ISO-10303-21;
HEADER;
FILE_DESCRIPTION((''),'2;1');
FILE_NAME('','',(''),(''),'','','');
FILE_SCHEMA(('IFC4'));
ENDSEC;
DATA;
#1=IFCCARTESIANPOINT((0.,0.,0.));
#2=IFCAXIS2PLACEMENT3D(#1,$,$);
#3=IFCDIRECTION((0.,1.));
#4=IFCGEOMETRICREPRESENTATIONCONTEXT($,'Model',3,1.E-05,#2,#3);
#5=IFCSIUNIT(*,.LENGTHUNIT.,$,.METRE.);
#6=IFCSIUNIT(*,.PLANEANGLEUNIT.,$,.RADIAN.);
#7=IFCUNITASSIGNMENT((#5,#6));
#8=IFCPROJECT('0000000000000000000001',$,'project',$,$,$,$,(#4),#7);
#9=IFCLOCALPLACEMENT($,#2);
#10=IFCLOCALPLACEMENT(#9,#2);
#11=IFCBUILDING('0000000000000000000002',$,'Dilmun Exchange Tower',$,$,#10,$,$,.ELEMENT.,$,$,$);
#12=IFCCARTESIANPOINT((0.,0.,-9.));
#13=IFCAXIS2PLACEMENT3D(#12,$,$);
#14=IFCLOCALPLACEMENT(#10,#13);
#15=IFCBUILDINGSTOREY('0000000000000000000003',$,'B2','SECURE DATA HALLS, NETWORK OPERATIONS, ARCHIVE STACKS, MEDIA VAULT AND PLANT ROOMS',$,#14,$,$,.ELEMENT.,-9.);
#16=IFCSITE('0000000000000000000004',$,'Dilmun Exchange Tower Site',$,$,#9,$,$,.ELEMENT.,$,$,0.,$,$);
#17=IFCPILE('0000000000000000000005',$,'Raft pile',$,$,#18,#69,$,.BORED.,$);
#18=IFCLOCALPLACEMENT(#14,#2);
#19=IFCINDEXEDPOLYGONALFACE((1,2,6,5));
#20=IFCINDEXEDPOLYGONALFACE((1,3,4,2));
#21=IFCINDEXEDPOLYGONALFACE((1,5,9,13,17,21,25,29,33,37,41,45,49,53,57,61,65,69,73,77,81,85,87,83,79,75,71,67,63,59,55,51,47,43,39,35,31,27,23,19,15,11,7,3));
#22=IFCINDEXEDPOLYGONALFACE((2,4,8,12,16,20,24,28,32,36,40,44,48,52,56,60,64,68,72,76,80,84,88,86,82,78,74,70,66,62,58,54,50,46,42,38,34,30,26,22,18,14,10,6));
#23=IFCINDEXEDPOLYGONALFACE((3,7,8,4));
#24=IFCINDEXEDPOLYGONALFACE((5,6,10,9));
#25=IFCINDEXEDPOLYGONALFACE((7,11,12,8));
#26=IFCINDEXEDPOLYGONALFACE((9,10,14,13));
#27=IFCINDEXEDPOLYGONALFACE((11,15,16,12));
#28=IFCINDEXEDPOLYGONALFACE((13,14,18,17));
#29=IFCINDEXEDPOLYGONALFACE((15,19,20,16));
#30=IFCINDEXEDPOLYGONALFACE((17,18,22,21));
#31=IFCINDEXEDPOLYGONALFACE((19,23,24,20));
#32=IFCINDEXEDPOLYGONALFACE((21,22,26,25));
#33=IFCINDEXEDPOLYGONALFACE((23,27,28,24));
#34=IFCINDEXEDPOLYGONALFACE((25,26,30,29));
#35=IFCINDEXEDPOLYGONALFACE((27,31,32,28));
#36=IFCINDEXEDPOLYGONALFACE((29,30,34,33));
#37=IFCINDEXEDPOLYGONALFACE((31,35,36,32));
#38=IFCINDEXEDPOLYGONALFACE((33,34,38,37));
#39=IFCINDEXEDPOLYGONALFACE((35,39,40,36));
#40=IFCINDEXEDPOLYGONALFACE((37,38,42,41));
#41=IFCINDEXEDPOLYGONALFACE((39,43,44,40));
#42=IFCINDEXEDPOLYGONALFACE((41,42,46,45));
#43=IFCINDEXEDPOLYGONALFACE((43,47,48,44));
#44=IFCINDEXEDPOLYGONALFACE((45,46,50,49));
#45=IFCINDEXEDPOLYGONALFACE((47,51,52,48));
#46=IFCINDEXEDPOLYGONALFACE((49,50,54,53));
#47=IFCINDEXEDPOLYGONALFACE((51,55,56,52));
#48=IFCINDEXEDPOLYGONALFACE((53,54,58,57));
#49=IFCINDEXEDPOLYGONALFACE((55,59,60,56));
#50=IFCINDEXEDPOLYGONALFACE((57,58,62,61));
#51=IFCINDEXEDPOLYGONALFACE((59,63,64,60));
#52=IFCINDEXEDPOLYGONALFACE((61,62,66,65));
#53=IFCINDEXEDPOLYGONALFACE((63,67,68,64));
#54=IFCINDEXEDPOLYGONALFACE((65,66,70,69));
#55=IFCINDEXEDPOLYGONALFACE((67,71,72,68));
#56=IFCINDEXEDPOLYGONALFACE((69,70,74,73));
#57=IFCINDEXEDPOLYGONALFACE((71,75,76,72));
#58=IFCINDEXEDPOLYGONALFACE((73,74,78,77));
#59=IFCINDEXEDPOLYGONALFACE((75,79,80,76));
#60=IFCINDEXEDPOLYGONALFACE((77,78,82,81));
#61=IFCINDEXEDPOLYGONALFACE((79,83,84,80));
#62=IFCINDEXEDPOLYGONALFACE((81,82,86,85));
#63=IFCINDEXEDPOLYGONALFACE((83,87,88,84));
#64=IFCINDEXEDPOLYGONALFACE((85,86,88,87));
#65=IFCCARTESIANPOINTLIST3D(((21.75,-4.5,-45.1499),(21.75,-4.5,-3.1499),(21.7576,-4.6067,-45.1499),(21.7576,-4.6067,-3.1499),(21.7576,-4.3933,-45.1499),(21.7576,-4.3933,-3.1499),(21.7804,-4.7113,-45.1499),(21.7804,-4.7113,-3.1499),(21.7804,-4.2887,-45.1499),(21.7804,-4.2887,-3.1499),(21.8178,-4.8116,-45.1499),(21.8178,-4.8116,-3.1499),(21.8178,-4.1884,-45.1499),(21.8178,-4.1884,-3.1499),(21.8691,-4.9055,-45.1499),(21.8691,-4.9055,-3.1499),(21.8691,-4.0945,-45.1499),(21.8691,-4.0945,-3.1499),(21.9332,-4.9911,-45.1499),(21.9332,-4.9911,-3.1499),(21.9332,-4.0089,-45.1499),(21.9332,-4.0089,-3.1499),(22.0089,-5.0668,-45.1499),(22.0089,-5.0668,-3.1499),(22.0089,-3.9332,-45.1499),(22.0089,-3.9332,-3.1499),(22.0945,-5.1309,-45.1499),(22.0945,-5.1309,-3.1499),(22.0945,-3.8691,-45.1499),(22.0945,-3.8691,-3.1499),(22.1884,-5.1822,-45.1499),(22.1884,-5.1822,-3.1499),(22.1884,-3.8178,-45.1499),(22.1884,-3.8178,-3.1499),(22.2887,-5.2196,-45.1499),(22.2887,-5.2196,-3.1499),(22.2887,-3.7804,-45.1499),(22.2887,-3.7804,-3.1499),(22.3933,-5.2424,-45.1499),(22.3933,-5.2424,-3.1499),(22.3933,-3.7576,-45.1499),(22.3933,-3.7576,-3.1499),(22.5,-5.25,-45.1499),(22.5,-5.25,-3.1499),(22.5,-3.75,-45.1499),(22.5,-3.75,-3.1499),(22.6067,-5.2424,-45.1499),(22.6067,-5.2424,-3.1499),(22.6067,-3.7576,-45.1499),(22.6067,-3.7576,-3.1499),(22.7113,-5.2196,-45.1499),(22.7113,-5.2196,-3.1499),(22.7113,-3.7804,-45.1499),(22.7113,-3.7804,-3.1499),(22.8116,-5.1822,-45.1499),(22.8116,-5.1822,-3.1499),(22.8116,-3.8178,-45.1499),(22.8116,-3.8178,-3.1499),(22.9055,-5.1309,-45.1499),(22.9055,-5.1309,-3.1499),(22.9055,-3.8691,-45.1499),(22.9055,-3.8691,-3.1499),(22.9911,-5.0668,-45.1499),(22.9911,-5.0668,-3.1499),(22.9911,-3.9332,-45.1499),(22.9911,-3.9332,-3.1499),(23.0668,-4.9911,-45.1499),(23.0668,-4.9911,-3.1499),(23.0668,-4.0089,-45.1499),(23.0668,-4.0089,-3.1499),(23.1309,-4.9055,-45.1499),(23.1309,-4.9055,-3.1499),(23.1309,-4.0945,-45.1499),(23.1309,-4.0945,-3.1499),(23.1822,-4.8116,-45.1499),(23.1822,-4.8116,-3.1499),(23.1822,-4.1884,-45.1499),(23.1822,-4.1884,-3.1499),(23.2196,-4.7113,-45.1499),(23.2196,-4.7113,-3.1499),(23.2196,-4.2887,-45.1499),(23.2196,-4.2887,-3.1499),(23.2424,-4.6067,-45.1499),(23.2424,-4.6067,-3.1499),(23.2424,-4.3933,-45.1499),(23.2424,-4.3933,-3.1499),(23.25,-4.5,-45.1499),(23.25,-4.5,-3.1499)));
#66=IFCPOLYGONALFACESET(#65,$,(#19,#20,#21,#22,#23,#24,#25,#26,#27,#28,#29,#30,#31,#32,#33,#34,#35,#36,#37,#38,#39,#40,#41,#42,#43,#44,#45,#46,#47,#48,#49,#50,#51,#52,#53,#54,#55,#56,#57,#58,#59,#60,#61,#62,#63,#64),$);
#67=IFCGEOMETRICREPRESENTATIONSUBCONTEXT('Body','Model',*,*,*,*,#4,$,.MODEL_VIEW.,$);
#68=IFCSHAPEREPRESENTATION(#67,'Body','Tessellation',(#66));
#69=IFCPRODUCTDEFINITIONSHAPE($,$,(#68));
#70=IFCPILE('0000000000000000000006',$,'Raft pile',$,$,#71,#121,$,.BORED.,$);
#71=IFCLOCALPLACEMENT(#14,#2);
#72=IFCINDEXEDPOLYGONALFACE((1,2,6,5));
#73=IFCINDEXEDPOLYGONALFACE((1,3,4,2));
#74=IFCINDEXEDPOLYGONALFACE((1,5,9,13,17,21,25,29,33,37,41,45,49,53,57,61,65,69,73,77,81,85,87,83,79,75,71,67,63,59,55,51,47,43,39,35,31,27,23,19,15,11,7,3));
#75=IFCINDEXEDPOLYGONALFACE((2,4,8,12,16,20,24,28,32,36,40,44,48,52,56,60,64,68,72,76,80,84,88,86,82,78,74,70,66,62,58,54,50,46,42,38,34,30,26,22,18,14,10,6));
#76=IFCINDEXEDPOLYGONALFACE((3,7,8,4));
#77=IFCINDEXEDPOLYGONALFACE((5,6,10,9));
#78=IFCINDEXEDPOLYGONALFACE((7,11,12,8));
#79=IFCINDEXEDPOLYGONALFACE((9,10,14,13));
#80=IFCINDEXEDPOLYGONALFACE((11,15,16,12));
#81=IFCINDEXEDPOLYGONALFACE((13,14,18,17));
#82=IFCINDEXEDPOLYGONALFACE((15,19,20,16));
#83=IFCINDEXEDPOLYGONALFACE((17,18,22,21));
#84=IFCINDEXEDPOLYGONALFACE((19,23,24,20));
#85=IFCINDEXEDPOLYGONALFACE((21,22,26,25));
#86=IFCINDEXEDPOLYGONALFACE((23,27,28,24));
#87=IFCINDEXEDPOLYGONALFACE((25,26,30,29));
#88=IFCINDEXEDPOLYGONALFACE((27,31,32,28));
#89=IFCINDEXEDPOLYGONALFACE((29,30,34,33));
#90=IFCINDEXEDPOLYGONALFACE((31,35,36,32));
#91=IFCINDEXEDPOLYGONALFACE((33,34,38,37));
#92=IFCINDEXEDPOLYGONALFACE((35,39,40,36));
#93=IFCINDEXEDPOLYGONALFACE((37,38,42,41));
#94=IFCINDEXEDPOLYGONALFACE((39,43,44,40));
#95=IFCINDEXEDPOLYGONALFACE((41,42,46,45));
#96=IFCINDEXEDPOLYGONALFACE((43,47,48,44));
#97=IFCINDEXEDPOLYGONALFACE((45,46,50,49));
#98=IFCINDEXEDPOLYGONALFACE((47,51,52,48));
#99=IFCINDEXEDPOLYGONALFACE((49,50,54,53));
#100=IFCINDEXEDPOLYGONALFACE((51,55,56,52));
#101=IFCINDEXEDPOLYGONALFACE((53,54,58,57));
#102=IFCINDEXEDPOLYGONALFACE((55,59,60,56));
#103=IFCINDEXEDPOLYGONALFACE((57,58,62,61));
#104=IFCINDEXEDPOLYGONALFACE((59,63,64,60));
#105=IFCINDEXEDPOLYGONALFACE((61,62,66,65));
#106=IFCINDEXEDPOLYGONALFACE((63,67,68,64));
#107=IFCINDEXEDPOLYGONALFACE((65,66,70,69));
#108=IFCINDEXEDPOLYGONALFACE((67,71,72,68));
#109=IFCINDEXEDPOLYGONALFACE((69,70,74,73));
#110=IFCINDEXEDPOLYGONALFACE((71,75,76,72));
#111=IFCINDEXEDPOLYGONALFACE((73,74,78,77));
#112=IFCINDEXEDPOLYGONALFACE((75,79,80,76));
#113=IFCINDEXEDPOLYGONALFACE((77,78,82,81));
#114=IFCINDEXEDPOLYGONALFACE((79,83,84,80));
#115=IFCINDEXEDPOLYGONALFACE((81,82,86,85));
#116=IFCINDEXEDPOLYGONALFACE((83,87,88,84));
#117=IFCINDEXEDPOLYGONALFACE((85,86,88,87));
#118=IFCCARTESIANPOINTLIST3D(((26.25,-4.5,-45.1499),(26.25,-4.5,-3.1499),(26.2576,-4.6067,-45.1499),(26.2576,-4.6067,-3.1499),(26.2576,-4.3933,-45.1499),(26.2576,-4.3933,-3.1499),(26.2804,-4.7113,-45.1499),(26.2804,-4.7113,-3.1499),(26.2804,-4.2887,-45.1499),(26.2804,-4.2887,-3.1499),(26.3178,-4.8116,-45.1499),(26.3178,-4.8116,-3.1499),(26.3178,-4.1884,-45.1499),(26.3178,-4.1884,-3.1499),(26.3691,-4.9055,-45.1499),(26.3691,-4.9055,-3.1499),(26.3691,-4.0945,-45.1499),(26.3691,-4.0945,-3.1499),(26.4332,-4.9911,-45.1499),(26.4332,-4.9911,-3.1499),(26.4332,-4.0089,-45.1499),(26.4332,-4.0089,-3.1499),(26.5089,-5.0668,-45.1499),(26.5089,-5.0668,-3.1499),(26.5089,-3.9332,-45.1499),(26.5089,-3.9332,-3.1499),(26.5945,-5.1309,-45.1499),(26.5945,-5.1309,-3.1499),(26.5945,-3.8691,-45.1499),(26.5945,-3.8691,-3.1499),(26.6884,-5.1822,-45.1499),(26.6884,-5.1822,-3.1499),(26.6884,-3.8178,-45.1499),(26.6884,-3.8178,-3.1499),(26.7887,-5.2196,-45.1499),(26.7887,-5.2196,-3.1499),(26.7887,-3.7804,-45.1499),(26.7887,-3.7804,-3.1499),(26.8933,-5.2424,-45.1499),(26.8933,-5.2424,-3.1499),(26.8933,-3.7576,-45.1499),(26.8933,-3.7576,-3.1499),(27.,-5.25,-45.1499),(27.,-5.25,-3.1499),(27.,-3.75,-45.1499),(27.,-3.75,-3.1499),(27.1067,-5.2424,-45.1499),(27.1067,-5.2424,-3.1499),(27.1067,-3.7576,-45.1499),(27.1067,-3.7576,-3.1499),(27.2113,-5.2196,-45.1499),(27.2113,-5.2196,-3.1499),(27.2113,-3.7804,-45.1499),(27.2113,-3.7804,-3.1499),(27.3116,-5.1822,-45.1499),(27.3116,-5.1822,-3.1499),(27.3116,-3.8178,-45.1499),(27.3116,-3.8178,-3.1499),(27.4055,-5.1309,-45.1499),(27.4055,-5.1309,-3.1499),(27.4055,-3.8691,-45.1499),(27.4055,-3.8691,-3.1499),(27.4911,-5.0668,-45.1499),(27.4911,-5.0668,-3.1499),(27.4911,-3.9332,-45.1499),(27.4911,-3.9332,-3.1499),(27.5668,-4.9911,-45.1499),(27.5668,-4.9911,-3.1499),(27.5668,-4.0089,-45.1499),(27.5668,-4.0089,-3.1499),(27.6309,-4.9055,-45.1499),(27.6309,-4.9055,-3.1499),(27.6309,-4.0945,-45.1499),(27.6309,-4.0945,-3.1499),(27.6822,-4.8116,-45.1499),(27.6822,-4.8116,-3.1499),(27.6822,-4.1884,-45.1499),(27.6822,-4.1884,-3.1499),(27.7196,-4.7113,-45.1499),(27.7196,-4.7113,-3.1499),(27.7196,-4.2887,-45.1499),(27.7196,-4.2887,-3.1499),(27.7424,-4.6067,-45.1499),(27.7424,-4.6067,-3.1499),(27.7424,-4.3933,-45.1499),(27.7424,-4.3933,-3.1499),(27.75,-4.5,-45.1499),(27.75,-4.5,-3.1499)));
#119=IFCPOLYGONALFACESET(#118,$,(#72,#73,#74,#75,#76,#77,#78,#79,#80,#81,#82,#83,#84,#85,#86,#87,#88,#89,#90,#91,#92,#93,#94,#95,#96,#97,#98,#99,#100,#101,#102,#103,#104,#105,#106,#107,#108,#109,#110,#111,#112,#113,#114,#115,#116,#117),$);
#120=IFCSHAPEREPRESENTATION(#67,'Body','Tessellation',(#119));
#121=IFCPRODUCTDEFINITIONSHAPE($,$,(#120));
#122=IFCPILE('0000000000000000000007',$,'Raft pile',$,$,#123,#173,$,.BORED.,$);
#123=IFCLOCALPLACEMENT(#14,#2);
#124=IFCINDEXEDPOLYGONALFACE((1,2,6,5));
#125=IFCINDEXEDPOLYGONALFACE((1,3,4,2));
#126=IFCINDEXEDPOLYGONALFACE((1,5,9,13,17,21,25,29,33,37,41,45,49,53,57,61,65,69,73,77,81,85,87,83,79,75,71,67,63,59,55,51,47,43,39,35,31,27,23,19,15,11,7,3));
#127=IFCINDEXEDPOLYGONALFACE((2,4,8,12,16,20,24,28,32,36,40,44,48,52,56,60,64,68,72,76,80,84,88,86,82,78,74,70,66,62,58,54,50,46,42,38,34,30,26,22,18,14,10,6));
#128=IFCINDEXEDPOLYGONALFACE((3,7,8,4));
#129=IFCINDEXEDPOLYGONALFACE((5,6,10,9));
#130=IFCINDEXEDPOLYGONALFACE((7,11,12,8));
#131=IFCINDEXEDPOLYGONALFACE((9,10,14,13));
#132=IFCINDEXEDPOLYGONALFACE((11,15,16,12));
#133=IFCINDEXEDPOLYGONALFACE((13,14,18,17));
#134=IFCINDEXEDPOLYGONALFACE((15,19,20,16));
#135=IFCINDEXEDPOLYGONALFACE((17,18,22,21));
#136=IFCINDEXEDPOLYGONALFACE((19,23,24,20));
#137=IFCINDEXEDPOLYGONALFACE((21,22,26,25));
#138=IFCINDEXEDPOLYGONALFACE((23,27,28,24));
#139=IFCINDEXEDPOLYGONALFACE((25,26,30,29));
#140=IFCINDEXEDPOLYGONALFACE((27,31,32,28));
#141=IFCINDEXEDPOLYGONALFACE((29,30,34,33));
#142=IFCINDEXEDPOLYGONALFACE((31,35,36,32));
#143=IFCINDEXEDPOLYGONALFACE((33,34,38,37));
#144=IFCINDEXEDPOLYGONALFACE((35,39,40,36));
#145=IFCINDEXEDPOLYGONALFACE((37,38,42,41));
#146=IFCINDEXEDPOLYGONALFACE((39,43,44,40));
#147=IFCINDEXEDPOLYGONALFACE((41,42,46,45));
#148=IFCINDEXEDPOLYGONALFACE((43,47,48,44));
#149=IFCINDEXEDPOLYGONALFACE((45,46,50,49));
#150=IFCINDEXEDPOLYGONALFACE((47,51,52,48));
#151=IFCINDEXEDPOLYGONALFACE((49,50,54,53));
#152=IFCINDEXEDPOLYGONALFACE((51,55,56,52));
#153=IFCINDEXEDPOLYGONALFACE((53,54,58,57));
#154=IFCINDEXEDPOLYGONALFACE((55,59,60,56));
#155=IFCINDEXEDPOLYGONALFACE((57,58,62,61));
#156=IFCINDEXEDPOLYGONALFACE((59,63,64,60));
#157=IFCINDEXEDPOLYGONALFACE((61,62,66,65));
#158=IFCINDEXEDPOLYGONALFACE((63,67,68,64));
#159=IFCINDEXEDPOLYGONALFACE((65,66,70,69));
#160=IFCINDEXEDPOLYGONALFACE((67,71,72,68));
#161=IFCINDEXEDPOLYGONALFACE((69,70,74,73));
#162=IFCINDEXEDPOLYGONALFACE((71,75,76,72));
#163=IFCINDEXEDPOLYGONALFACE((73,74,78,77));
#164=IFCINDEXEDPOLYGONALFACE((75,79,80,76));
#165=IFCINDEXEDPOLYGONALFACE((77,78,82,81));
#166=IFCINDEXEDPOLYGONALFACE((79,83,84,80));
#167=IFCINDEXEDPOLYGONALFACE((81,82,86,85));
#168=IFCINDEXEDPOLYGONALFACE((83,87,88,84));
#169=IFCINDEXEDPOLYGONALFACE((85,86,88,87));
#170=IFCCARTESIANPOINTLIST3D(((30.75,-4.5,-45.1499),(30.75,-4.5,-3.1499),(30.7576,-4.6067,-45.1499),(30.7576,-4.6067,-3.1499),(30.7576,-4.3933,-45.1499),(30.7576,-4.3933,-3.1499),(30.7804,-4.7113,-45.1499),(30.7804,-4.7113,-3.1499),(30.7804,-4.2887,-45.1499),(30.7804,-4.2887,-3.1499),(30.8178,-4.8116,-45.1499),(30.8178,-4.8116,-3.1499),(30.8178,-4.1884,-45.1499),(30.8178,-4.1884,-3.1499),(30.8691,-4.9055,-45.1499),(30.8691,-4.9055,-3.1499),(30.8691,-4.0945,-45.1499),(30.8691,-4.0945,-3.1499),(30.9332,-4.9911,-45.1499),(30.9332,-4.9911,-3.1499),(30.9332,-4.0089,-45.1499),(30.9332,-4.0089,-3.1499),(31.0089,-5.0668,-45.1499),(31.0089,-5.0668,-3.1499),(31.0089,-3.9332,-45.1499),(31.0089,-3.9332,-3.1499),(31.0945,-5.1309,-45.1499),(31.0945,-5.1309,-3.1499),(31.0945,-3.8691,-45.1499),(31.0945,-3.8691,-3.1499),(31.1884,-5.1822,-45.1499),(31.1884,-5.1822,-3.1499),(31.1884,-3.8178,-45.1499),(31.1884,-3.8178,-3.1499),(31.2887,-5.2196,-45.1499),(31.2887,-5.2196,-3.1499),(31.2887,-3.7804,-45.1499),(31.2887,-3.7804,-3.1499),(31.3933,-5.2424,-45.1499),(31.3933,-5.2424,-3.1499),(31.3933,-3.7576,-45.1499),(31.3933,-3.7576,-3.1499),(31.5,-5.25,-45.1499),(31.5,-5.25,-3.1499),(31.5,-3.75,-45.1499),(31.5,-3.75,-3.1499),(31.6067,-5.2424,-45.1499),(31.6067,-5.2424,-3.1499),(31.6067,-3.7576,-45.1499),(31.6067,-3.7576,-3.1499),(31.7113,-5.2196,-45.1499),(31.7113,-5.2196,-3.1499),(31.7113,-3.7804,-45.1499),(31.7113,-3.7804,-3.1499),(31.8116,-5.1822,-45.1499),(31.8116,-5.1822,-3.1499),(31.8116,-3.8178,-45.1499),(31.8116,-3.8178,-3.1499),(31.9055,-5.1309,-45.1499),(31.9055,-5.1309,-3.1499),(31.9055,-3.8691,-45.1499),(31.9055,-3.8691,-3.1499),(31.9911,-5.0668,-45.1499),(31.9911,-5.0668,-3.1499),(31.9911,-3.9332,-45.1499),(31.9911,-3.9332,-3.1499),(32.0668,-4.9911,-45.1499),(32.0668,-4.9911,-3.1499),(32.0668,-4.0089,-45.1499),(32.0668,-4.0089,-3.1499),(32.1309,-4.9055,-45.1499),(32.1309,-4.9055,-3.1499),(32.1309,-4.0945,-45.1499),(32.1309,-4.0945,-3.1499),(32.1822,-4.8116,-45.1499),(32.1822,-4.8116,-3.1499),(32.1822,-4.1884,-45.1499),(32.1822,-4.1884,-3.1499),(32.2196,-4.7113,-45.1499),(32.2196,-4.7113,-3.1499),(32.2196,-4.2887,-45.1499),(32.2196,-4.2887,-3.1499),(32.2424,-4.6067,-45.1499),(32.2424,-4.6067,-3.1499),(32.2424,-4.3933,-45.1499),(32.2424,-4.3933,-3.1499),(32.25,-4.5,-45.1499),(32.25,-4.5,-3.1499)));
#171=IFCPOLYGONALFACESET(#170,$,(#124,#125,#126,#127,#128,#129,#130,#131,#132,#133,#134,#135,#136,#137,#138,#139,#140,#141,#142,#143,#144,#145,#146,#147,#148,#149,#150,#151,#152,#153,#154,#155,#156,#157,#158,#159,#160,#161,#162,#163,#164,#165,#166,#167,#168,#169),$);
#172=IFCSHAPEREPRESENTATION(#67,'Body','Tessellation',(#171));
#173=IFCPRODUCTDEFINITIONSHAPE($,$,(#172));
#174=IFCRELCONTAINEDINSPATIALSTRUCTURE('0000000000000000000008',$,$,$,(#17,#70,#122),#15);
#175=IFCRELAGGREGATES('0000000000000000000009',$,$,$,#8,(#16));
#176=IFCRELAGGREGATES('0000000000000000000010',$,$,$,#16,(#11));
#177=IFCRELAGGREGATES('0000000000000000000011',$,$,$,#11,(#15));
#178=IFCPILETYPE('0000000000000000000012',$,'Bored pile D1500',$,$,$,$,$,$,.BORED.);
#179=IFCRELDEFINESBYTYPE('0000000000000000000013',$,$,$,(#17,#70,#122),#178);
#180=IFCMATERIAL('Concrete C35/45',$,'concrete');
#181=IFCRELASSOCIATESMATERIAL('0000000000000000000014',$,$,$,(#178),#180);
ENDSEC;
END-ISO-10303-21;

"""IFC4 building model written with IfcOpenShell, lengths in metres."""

from ifc_helpers import new_model, si_unit, direction, frame, origin, origin_2d, place, context, subcontext, project, spatial, circle, extrude, material, material_profile, profile_set, type_object, element, save


model = new_model("IFC4")

# Units and contexts
model_context = context("Model", 3, precision=1e-05, world=origin(), true_north=direction((0.0, 1.0)))
body_context = subcontext(model_context, "Body", "Model", "MODEL_VIEW")
ifc_project = project(units=[si_unit("LENGTHUNIT", "METRE"), si_unit("PLANEANGLEUNIT", "RADIAN")], contexts=[model_context])

# Site, building, storey
site_placement = place(None, origin())
site = spatial("IfcSite", under=ifc_project, at=site_placement, Name="Dilmun Exchange Tower Site", CompositionType="ELEMENT", RefElevation=0.0)
building_placement = place(site_placement, origin())
building = spatial("IfcBuilding", under=site, at=building_placement, Name="Dilmun Exchange Tower", CompositionType="ELEMENT")
storey_placement = place(building_placement, frame((0.0, 0.0, -9.0)))
storey = spatial("IfcBuildingStorey", under=building, at=storey_placement, Name="B2", Description="SECURE DATA HALLS, NETWORK OPERATIONS, ARCHIVE STACKS, MEDIA VAULT AND PLANT ROOMS", CompositionType="ELEMENT", Elevation=-9.0)

# Piles
ifc_material_1 = material(Name="Concrete C35/45", Category="concrete")
ifc_material_profile_1 = material_profile(ifc_material_1, circle(Radius=0.75, at=origin_2d()), Name="D1500")
ifc_profile_set_1 = profile_set([ifc_material_profile_1], Name="Concrete C35/45")
pile_type = type_object("IfcPileType", Name="Bored pile D1500", PredefinedType="BORED", material=ifc_profile_set_1)
for number, where, z_axis, x_axis, name in (
    (1, (22.5, -4.5, -3.1499), (0.0, 0.0, -1.0), (1.0, 0.0, 0.0), "Raft pile"),
    (2, (27.0, -4.5, -3.1499), (0.0, 0.0, -1.0), (1.0, 0.0, 0.0), "Raft pile"),
    (3, (31.5, -4.5, -3.1499), (0.0, 0.0, -1.0), (1.0, 0.0, 0.0), "Raft pile"),
):
    element("IfcPile", number, at=place(storey_placement, frame(where, z_axis=z_axis, x_axis=x_axis)), inside=storey, type_object=pile_type, Name=name, PredefinedType="BORED", context=body_context, shape_type="SweptSolid", body=[
        extrude(circle(Radius=0.75, at=origin_2d()), origin(), (0.0, 0.0, 1.0), 42.0),
    ])

save(model, "model.ifc")
